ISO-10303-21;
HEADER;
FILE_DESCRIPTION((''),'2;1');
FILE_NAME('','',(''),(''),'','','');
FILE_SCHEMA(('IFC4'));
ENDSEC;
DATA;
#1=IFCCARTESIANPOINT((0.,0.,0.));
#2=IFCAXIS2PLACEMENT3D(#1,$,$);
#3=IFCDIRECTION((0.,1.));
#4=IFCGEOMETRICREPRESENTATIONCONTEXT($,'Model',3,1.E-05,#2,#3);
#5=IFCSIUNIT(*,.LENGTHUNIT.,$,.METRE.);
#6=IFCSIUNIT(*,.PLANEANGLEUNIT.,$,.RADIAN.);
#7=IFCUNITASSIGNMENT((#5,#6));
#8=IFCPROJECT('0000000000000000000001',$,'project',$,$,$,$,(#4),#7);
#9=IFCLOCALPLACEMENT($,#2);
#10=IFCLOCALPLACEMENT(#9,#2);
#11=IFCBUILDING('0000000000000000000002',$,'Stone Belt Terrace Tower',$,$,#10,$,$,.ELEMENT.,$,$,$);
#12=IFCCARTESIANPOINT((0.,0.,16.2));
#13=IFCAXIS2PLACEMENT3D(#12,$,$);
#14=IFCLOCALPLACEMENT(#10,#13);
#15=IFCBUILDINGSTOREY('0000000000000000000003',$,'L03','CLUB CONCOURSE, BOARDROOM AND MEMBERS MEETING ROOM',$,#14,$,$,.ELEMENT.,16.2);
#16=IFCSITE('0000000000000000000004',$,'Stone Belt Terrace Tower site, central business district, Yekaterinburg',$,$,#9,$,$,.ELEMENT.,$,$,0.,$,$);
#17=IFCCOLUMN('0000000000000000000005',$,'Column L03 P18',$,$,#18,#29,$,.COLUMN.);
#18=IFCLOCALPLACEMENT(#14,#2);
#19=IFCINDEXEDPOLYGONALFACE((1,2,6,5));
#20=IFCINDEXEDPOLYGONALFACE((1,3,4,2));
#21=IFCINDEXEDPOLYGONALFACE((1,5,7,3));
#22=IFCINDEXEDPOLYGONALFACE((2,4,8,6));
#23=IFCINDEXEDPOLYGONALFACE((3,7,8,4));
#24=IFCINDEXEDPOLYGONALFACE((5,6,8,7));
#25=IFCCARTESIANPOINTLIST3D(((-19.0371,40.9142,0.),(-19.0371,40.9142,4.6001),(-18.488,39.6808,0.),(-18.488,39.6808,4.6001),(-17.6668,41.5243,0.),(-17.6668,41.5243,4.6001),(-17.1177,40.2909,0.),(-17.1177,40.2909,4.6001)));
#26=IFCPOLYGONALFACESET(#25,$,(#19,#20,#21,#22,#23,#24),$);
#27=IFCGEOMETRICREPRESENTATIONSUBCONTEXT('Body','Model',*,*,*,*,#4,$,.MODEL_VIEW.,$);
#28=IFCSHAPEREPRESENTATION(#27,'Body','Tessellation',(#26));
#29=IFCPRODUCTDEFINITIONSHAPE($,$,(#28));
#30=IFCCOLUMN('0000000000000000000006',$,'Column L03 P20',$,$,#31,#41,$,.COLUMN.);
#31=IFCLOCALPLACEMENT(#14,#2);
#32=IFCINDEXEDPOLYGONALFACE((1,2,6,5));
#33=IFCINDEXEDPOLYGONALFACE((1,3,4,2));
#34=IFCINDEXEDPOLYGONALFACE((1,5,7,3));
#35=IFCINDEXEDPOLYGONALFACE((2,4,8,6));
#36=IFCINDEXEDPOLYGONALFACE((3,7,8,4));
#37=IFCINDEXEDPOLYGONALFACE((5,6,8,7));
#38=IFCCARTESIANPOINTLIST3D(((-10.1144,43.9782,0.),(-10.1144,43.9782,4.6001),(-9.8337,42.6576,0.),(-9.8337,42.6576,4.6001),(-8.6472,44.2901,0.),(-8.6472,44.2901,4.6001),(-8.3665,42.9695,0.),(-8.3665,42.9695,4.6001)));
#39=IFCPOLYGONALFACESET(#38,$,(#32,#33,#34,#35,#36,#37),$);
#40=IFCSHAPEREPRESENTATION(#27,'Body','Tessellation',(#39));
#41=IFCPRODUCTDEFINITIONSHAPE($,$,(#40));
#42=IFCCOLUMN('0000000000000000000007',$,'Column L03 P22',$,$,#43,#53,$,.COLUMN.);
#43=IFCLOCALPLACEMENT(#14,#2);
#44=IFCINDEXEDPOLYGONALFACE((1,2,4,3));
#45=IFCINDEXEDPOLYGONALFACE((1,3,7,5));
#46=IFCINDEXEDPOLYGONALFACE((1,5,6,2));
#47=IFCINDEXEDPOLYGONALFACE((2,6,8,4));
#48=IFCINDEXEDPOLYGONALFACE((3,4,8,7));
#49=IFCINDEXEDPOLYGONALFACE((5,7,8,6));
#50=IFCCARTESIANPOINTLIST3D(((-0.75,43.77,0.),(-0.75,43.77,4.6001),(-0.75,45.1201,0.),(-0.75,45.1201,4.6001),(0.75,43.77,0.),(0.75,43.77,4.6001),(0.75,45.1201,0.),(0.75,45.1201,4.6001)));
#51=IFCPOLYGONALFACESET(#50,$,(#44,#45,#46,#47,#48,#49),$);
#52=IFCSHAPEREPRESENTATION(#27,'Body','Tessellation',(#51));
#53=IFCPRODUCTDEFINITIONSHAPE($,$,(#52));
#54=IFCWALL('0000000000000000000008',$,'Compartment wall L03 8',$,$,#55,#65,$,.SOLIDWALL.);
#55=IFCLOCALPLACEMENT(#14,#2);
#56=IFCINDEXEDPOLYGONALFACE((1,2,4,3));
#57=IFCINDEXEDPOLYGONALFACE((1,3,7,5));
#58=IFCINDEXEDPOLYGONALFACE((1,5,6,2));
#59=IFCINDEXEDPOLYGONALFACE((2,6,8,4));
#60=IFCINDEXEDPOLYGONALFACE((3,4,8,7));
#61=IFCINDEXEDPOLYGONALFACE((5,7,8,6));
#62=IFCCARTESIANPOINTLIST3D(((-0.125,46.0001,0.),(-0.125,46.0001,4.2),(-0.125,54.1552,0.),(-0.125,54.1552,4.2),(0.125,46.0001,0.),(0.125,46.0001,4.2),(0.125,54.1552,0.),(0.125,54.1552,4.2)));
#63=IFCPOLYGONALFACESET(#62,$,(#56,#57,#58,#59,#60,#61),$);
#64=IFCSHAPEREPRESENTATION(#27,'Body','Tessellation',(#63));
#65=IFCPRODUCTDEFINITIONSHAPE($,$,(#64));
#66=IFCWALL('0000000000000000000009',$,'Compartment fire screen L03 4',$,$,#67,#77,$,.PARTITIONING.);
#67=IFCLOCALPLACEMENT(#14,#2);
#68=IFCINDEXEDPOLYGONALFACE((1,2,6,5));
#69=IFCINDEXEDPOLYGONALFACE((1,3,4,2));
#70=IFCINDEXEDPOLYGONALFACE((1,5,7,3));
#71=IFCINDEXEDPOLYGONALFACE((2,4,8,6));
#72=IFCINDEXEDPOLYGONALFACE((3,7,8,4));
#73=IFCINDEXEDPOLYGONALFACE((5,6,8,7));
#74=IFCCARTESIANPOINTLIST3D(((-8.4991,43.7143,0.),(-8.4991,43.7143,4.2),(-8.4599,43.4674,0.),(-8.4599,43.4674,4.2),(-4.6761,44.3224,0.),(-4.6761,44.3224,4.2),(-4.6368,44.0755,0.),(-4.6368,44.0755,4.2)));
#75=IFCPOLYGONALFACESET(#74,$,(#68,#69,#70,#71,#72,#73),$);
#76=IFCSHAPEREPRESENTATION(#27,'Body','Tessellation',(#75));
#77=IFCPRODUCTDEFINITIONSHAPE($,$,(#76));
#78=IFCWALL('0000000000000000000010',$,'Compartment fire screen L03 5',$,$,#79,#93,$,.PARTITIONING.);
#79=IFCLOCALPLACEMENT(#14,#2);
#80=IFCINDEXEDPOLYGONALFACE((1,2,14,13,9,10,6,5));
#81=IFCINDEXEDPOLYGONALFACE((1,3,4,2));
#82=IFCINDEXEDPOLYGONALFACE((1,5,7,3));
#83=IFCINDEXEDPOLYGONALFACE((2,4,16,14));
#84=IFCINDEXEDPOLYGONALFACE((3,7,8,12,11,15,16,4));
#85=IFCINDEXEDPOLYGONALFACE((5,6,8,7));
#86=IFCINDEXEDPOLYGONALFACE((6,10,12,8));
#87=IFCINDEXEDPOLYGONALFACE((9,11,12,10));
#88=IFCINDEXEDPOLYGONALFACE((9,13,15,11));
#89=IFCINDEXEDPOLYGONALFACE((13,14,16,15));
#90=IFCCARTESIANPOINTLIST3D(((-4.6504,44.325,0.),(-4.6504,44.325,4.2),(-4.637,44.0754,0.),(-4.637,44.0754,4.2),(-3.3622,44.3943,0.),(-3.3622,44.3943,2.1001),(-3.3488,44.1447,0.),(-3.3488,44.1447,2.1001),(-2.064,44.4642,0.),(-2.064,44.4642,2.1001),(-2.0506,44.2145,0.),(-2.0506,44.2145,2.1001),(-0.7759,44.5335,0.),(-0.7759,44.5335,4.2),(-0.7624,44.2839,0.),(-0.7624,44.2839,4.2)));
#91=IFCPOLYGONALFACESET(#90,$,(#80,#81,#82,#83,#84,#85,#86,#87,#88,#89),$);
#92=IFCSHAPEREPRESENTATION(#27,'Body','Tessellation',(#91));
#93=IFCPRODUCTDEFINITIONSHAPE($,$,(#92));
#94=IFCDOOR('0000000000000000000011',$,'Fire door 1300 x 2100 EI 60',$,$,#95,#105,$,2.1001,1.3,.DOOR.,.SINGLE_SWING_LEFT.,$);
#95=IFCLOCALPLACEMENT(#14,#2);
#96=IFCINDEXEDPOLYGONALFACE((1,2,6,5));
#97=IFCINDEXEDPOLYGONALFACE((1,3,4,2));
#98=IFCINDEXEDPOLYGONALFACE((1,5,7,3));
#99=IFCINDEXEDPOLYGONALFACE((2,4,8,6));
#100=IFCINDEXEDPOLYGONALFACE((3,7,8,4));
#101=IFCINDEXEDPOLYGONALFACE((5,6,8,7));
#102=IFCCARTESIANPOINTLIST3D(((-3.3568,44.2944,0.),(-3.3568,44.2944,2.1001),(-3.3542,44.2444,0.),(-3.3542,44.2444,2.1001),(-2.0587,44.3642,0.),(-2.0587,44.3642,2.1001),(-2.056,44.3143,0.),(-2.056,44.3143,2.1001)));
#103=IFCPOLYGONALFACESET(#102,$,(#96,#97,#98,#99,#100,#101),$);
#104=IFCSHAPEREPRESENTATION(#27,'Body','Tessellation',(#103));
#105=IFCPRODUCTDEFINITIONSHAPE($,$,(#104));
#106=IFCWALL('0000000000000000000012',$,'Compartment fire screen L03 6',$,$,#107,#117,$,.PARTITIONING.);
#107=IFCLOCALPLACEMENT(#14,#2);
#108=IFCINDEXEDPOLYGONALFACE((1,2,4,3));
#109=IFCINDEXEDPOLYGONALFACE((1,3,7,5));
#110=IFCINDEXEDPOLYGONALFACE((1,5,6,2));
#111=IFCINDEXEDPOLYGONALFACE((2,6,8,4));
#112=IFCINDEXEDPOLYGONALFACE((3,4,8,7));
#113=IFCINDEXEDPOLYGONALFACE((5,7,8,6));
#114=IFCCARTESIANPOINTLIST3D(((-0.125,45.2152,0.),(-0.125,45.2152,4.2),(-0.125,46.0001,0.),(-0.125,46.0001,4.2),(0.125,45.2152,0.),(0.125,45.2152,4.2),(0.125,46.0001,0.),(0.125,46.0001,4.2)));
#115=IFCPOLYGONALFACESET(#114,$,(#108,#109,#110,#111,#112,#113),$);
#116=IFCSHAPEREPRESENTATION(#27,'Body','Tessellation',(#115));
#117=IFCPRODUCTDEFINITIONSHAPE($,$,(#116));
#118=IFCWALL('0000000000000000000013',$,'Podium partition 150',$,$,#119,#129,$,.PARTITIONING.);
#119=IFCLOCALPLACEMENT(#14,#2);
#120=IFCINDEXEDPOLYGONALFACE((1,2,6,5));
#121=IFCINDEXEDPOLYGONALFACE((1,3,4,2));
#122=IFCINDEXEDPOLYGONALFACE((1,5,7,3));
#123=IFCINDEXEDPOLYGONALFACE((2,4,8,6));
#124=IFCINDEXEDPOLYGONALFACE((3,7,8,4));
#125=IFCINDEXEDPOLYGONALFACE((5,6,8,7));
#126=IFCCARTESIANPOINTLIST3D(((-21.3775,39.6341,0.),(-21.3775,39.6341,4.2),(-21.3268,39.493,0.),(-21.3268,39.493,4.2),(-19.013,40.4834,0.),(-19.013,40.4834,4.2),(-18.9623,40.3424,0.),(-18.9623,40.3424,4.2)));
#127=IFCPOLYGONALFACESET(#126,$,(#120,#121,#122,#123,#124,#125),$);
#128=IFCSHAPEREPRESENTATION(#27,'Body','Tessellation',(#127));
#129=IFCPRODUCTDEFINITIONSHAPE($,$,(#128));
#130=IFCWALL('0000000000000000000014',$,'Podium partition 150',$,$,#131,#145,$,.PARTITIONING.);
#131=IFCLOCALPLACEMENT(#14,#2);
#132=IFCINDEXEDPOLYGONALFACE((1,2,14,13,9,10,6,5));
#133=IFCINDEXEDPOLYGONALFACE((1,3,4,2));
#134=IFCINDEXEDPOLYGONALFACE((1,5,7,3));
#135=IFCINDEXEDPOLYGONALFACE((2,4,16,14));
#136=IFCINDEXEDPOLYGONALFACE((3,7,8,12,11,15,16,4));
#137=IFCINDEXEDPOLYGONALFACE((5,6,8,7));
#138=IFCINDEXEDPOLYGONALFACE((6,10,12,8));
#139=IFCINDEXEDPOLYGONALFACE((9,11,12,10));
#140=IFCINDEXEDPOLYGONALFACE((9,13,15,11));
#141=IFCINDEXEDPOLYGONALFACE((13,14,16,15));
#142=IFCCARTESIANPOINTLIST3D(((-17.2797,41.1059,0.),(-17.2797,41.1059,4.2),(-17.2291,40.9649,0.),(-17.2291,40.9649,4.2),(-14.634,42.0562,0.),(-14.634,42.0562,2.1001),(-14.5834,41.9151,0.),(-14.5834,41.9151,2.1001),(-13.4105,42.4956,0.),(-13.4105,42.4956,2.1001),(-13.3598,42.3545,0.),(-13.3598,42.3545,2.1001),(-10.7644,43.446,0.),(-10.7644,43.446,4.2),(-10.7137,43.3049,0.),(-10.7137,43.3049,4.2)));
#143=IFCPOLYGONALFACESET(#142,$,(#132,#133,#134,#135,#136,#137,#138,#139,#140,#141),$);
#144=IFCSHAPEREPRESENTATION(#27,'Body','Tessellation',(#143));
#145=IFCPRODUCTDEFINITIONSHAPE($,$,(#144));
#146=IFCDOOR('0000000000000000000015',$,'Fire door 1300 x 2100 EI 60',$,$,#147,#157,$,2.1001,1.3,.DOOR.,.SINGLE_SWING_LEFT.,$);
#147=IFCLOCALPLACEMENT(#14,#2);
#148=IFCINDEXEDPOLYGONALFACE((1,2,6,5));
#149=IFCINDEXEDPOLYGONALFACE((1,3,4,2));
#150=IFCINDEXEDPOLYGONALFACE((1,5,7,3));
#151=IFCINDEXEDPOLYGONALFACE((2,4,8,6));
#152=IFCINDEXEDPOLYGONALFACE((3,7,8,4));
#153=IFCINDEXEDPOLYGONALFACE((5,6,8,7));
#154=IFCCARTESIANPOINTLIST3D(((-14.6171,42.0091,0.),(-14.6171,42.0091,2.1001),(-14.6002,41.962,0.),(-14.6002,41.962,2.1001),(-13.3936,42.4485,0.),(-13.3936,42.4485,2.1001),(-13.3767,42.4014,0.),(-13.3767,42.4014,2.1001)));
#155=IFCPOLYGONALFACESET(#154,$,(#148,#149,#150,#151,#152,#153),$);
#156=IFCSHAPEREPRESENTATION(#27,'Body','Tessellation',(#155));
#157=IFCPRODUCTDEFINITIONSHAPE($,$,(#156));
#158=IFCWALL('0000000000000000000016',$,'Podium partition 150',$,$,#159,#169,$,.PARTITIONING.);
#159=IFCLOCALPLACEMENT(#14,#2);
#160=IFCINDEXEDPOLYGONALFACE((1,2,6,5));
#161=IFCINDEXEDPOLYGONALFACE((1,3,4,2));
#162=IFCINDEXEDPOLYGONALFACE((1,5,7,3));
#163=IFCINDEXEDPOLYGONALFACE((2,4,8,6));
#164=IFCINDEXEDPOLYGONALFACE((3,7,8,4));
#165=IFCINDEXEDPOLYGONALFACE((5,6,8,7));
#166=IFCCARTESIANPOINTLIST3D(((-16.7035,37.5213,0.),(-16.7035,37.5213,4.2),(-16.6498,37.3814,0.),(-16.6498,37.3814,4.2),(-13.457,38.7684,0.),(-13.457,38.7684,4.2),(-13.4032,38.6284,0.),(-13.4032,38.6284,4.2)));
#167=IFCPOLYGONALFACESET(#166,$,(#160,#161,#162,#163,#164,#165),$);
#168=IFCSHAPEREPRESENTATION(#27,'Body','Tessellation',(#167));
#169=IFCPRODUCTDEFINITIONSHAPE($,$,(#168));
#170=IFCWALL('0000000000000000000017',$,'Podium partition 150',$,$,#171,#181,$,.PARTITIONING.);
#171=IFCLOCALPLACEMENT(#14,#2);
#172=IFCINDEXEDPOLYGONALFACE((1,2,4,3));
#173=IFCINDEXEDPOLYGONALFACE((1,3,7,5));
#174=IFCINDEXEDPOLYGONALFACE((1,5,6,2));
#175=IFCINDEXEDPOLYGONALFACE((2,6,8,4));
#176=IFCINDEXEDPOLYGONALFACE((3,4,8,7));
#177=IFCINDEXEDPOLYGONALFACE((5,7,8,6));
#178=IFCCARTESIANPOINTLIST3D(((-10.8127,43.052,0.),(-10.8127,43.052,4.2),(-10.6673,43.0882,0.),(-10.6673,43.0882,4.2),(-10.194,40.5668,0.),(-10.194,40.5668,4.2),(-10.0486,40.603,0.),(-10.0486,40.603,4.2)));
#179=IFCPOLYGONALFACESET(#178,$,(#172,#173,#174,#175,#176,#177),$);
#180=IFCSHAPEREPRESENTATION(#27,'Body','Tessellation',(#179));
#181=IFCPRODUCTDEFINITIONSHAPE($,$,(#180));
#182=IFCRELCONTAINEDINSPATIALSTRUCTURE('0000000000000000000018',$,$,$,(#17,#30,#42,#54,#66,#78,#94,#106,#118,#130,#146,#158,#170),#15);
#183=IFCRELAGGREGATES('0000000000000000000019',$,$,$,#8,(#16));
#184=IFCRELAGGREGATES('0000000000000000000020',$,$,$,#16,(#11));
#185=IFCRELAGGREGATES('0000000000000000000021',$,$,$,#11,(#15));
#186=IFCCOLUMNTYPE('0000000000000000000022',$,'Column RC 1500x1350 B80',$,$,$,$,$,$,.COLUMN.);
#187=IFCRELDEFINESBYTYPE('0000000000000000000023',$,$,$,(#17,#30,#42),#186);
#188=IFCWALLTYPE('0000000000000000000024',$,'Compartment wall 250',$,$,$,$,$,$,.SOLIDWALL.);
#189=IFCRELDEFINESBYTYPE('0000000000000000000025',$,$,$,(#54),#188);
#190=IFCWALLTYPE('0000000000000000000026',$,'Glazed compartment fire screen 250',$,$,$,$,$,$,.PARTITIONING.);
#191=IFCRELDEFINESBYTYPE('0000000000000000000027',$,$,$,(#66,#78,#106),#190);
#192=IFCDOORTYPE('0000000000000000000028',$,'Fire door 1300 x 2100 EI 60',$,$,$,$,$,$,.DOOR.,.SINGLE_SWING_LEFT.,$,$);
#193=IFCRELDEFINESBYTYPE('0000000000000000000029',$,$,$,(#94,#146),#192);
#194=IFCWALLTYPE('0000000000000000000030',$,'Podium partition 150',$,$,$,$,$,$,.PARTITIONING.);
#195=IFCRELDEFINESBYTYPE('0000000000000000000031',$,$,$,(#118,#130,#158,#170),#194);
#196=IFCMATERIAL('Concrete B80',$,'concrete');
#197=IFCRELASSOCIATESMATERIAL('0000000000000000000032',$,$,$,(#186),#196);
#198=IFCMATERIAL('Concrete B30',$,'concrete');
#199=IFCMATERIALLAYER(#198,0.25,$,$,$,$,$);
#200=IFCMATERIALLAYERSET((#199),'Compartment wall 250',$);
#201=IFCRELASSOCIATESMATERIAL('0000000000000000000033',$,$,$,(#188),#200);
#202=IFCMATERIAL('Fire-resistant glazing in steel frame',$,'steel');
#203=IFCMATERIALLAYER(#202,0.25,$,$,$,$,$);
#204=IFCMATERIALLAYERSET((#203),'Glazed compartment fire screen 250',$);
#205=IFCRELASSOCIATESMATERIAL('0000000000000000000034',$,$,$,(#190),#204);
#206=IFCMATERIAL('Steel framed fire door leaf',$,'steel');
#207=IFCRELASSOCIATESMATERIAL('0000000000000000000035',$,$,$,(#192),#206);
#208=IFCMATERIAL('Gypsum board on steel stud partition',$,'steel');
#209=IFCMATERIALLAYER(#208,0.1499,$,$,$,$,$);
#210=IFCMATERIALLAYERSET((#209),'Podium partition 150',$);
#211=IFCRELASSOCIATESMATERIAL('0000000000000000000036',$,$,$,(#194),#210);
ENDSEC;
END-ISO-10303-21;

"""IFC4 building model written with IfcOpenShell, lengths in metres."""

from ifc_helpers import new_model, si_unit, direction, frame, frame_2d, origin, origin_2d, place, context, subcontext, project, spatial, rectangle, extrude, material, layer, layer_set, material_profile, profile_set, type_object, element, fill, save


model = new_model("IFC4")

# Units and contexts
model_context = context("Model", 3, precision=1e-05, world=origin(), true_north=direction((0.0, 1.0)))
body_context = subcontext(model_context, "Body", "Model", "MODEL_VIEW")
ifc_project = project(units=[si_unit("LENGTHUNIT", "METRE"), si_unit("PLANEANGLEUNIT", "RADIAN")], contexts=[model_context])

# Site, building, storey
site_placement = place(None, origin())
site = spatial("IfcSite", under=ifc_project, at=site_placement, Name="Stone Belt Terrace Tower site, central business district, Yekaterinburg", CompositionType="ELEMENT", RefElevation=0.0)
building_placement = place(site_placement, origin())
building = spatial("IfcBuilding", under=site, at=building_placement, Name="Stone Belt Terrace Tower", CompositionType="ELEMENT")
storey_placement = place(building_placement, frame((0.0, 0.0, 16.2)))
storey = spatial("IfcBuildingStorey", under=building, at=storey_placement, Name="L03", Description="CLUB CONCOURSE, BOARDROOM AND MEMBERS MEETING ROOM", CompositionType="ELEMENT", Elevation=16.2)

# Columns
ifc_material_1 = material(Name="Concrete B80", Category="concrete")
ifc_material_profile = material_profile(ifc_material_1, rectangle(XDim=1.5, YDim=1.3501, at=origin_2d()), Name="RC 1500x1350")
ifc_profile_set = profile_set([ifc_material_profile], Name="Concrete B80")
column_type = type_object("IfcColumnType", Name="Column RC 1500x1350 B80", PredefinedType="COLUMN", material=ifc_profile_set)
for number, where, z_axis, x_axis, name in (
    (1, (-18.0774, 40.6025, 0.0), (0.0, 0.0, 1.0), (0.913545, 0.406737, 0.0), "Column L03 P18"),
    (2, (-9.2405, 43.4739, 0.0), (0.0, 0.0, 1.0), (0.978148, 0.207912, 0.0), "Column L03 P20"),
    (3, (0.0, 44.4451, 0.0), (0.0, 0.0, 1.0), (1.0, 0.0, 0.0), "Column L03 P22"),
):
    element("IfcColumn", number, at=place(storey_placement, frame(where, z_axis=z_axis, x_axis=x_axis)), inside=storey, type_object=column_type, Name=name, PredefinedType="COLUMN", context=body_context, shape_type="SweptSolid", body=[
        extrude(rectangle(XDim=1.5, YDim=1.3501, at=origin_2d()), origin(), (0.0, 0.0, 1.0), 4.6001),
    ])

# Walls
ifc_material_2 = material(Name="Concrete B30", Category="concrete")
ifc_layer_1 = layer(ifc_material_2, 0.25)
ifc_layer_set_1 = layer_set([ifc_layer_1], Name="Compartment wall 250")
wall_type_1 = type_object("IfcWallType", Name="Compartment wall 250", PredefinedType="SOLIDWALL", material=ifc_layer_set_1)
wall_1_placement = place(storey_placement, frame((0.0, 46.0, 0.0), z_axis=(0.0, 0.0, 1.0), x_axis=(0.0, 1.0, 0.0)))
element("IfcWall", 4, at=wall_1_placement, inside=storey, type_object=wall_type_1, Name="Compartment wall L03 8", PredefinedType="SOLIDWALL", context=body_context, shape_type="SweptSolid", body=[
    extrude(rectangle(XDim=8.155, YDim=0.25, at=frame_2d((4.0776, 0.0))), origin(), (0.0, 0.0, 1.0), 4.2),
])
ifc_material_3 = material(Name="Fire-resistant glazing in steel frame", Category="steel")
ifc_layer_2 = layer(ifc_material_3, 0.25)
ifc_layer_set_2 = layer_set([ifc_layer_2], Name="Glazed compartment fire screen 250")
wall_type_2 = type_object("IfcWallType", Name="Glazed compartment fire screen 250", PredefinedType="PARTITIONING", material=ifc_layer_set_2)
wall_2_placement = place(storey_placement, frame((-8.4795, 43.5908, 0.0), z_axis=(0.0, 0.0, 1.0), x_axis=(0.987582, 0.157102, 0.0)))
element("IfcWall", 5, at=wall_2_placement, inside=storey, type_object=wall_type_2, Name="Compartment fire screen L03 4", PredefinedType="PARTITIONING", context=body_context, shape_type="SweptSolid", body=[
    extrude(rectangle(XDim=3.8711, YDim=0.25, at=frame_2d((1.9355, 0.0))), origin(), (0.0, 0.0, 1.0), 4.2),
])

# Wall, opening, door
wall_3_placement = place(storey_placement, frame((-4.6436, 44.2002, 0.0), z_axis=(0.0, 0.0, 1.0), x_axis=(0.998555, 0.053734, 0.0)))
wall_3 = element("IfcWall", 6, at=wall_3_placement, inside=storey, type_object=wall_type_2, Name="Compartment fire screen L03 5", PredefinedType="PARTITIONING", context=body_context, shape_type="SweptSolid", body=[
    extrude(rectangle(XDim=3.8801, YDim=0.25, at=frame_2d((1.9399, 0.0))), origin(), (0.0, 0.0, 1.0), 4.2),
])
opening_1_placement = place(wall_3_placement, frame((1.29, 0.0, 0.0)))
opening_1 = element("IfcOpeningElement", 7, at=opening_1_placement, cuts=wall_3, PredefinedType="OPENING", context=body_context, shape_type="SweptSolid", body=[
    extrude(rectangle(XDim=1.3, YDim=2.1001, at=frame_2d((0.6499, 1.05))), frame((0.0, 0.135, 0.0), z_axis=(0.0, -1.0, 0.0), x_axis=(1.0, 0.0, 0.0)), (0.0, 0.0, 1.0), 0.27),
])
ifc_material_4 = material(Name="Steel framed fire door leaf", Category="steel")
door_type_1 = type_object("IfcDoorType", Name="Fire door 1300 x 2100 EI 60", OperationType="SINGLE_SWING_LEFT", PredefinedType="DOOR", material=ifc_material_4)
door_1_placement = place(opening_1_placement, origin())
door_1 = element("IfcDoor", 8, at=door_1_placement, inside=storey, type_object=door_type_1, Name="Fire door 1300 x 2100 EI 60", OperationType="SINGLE_SWING_LEFT", OverallHeight=2.1001, OverallWidth=1.3, PredefinedType="DOOR", context=body_context, shape_type="SweptSolid", body=[
    extrude(rectangle(XDim=1.3, YDim=2.1001, at=frame_2d((0.6499, 1.05))), frame((0.0, 0.0249, 0.0), z_axis=(0.0, -1.0, 0.0), x_axis=(1.0, 0.0, 0.0)), (0.0, 0.0, 1.0), 0.05),
])
fill(opening_1, door_1)

# Walls
wall_4_placement = place(storey_placement, frame((0.0, 45.2151, 0.0), z_axis=(0.0, 0.0, 1.0), x_axis=(0.0, 1.0, 0.0)))
element("IfcWall", 9, at=wall_4_placement, inside=storey, type_object=wall_type_2, Name="Compartment fire screen L03 6", PredefinedType="PARTITIONING", context=body_context, shape_type="SweptSolid", body=[
    extrude(rectangle(XDim=0.7849, YDim=0.25, at=frame_2d((0.3926, 0.0))), origin(), (0.0, 0.0, 1.0), 4.2),
])
ifc_material_5 = material(Name="Gypsum board on steel stud partition", Category="steel")
ifc_layer_3 = layer(ifc_material_5, 0.1499)
ifc_layer_set_3 = layer_set([ifc_layer_3], Name="Podium partition 150")
wall_type_3 = type_object("IfcWallType", Name="Podium partition 150", PredefinedType="PARTITIONING", material=ifc_layer_set_3)
wall_5_placement = place(storey_placement, frame((-21.3523, 39.5635, 0.0), z_axis=(0.0, 0.0, 1.0), x_axis=(0.941123, 0.338066, 0.0)))
element("IfcWall", 10, at=wall_5_placement, inside=storey, type_object=wall_type_3, Name="Podium partition 150", PredefinedType="PARTITIONING", context=body_context, shape_type="SweptSolid", body=[
    extrude(rectangle(XDim=2.5125, YDim=0.1499, at=frame_2d((1.2563, 0.0))), origin(), (0.0, 0.0, 1.0), 4.2),
])

# Wall, opening, door
wall_6_placement = place(storey_placement, frame((-17.2544, 41.0354, 0.0), z_axis=(0.0, 0.0, 1.0), x_axis=(0.941138, 0.338023, 0.0)))
wall_6 = element("IfcWall", 11, at=wall_6_placement, inside=storey, type_object=wall_type_3, Name="Podium partition 150", PredefinedType="PARTITIONING", context=body_context, shape_type="SweptSolid", body=[
    extrude(rectangle(XDim=6.9229, YDim=0.1499, at=frame_2d((3.4614, 0.0))), origin(), (0.0, 0.0, 1.0), 4.2),
])
opening_2_placement = place(wall_6_placement, frame((2.8113, 0.0, 0.0)))
opening_2 = element("IfcOpeningElement", 12, at=opening_2_placement, cuts=wall_6, PredefinedType="OPENING", context=body_context, shape_type="SweptSolid", body=[
    extrude(rectangle(XDim=1.3, YDim=2.1001, at=frame_2d((0.6499, 1.05))), frame((0.0, 0.085, 0.0), z_axis=(0.0, -1.0, 0.0), x_axis=(1.0, 0.0, 0.0)), (0.0, 0.0, 1.0), 0.1699),
])
door_2_placement = place(opening_2_placement, origin())
door_2 = element("IfcDoor", 13, at=door_2_placement, inside=storey, type_object=door_type_1, Name="Fire door 1300 x 2100 EI 60", OperationType="SINGLE_SWING_LEFT", OverallHeight=2.1001, OverallWidth=1.3, PredefinedType="DOOR", context=body_context, shape_type="SweptSolid", body=[
    extrude(rectangle(XDim=1.3, YDim=2.1001, at=frame_2d((0.6499, 1.05))), frame((0.0, 0.0249, 0.0), z_axis=(0.0, -1.0, 0.0), x_axis=(1.0, 0.0, 0.0)), (0.0, 0.0, 1.0), 0.05),
])
fill(opening_2, door_2)

# Walls
wall_7_placement = place(storey_placement, frame((-16.6765, 37.4514, 0.0), z_axis=(0.0, 0.0, 1.0), x_axis=(0.933501, 0.358574, 0.0)))
element("IfcWall", 14, at=wall_7_placement, inside=storey, type_object=wall_type_3, Name="Podium partition 150", PredefinedType="PARTITIONING", context=body_context, shape_type="SweptSolid", body=[
    extrude(rectangle(XDim=3.4778, YDim=0.1499, at=frame_2d((1.7388, 0.0))), origin(), (0.0, 0.0, 1.0), 4.2),
])
wall_8_placement = place(storey_placement, frame((-10.74, 43.0701, 0.0), z_axis=(0.0, 0.0, 1.0), x_axis=(0.241571, -0.970383, 0.0)))
element("IfcWall", 15, at=wall_8_placement, inside=storey, type_object=wall_type_3, Name="Podium partition 150", PredefinedType="PARTITIONING", context=body_context, shape_type="SweptSolid", body=[
    extrude(rectangle(XDim=2.561, YDim=0.1499, at=frame_2d((1.2805, 0.0))), origin(), (0.0, 0.0, 1.0), 4.2),
])

save(model, "model.ifc")
